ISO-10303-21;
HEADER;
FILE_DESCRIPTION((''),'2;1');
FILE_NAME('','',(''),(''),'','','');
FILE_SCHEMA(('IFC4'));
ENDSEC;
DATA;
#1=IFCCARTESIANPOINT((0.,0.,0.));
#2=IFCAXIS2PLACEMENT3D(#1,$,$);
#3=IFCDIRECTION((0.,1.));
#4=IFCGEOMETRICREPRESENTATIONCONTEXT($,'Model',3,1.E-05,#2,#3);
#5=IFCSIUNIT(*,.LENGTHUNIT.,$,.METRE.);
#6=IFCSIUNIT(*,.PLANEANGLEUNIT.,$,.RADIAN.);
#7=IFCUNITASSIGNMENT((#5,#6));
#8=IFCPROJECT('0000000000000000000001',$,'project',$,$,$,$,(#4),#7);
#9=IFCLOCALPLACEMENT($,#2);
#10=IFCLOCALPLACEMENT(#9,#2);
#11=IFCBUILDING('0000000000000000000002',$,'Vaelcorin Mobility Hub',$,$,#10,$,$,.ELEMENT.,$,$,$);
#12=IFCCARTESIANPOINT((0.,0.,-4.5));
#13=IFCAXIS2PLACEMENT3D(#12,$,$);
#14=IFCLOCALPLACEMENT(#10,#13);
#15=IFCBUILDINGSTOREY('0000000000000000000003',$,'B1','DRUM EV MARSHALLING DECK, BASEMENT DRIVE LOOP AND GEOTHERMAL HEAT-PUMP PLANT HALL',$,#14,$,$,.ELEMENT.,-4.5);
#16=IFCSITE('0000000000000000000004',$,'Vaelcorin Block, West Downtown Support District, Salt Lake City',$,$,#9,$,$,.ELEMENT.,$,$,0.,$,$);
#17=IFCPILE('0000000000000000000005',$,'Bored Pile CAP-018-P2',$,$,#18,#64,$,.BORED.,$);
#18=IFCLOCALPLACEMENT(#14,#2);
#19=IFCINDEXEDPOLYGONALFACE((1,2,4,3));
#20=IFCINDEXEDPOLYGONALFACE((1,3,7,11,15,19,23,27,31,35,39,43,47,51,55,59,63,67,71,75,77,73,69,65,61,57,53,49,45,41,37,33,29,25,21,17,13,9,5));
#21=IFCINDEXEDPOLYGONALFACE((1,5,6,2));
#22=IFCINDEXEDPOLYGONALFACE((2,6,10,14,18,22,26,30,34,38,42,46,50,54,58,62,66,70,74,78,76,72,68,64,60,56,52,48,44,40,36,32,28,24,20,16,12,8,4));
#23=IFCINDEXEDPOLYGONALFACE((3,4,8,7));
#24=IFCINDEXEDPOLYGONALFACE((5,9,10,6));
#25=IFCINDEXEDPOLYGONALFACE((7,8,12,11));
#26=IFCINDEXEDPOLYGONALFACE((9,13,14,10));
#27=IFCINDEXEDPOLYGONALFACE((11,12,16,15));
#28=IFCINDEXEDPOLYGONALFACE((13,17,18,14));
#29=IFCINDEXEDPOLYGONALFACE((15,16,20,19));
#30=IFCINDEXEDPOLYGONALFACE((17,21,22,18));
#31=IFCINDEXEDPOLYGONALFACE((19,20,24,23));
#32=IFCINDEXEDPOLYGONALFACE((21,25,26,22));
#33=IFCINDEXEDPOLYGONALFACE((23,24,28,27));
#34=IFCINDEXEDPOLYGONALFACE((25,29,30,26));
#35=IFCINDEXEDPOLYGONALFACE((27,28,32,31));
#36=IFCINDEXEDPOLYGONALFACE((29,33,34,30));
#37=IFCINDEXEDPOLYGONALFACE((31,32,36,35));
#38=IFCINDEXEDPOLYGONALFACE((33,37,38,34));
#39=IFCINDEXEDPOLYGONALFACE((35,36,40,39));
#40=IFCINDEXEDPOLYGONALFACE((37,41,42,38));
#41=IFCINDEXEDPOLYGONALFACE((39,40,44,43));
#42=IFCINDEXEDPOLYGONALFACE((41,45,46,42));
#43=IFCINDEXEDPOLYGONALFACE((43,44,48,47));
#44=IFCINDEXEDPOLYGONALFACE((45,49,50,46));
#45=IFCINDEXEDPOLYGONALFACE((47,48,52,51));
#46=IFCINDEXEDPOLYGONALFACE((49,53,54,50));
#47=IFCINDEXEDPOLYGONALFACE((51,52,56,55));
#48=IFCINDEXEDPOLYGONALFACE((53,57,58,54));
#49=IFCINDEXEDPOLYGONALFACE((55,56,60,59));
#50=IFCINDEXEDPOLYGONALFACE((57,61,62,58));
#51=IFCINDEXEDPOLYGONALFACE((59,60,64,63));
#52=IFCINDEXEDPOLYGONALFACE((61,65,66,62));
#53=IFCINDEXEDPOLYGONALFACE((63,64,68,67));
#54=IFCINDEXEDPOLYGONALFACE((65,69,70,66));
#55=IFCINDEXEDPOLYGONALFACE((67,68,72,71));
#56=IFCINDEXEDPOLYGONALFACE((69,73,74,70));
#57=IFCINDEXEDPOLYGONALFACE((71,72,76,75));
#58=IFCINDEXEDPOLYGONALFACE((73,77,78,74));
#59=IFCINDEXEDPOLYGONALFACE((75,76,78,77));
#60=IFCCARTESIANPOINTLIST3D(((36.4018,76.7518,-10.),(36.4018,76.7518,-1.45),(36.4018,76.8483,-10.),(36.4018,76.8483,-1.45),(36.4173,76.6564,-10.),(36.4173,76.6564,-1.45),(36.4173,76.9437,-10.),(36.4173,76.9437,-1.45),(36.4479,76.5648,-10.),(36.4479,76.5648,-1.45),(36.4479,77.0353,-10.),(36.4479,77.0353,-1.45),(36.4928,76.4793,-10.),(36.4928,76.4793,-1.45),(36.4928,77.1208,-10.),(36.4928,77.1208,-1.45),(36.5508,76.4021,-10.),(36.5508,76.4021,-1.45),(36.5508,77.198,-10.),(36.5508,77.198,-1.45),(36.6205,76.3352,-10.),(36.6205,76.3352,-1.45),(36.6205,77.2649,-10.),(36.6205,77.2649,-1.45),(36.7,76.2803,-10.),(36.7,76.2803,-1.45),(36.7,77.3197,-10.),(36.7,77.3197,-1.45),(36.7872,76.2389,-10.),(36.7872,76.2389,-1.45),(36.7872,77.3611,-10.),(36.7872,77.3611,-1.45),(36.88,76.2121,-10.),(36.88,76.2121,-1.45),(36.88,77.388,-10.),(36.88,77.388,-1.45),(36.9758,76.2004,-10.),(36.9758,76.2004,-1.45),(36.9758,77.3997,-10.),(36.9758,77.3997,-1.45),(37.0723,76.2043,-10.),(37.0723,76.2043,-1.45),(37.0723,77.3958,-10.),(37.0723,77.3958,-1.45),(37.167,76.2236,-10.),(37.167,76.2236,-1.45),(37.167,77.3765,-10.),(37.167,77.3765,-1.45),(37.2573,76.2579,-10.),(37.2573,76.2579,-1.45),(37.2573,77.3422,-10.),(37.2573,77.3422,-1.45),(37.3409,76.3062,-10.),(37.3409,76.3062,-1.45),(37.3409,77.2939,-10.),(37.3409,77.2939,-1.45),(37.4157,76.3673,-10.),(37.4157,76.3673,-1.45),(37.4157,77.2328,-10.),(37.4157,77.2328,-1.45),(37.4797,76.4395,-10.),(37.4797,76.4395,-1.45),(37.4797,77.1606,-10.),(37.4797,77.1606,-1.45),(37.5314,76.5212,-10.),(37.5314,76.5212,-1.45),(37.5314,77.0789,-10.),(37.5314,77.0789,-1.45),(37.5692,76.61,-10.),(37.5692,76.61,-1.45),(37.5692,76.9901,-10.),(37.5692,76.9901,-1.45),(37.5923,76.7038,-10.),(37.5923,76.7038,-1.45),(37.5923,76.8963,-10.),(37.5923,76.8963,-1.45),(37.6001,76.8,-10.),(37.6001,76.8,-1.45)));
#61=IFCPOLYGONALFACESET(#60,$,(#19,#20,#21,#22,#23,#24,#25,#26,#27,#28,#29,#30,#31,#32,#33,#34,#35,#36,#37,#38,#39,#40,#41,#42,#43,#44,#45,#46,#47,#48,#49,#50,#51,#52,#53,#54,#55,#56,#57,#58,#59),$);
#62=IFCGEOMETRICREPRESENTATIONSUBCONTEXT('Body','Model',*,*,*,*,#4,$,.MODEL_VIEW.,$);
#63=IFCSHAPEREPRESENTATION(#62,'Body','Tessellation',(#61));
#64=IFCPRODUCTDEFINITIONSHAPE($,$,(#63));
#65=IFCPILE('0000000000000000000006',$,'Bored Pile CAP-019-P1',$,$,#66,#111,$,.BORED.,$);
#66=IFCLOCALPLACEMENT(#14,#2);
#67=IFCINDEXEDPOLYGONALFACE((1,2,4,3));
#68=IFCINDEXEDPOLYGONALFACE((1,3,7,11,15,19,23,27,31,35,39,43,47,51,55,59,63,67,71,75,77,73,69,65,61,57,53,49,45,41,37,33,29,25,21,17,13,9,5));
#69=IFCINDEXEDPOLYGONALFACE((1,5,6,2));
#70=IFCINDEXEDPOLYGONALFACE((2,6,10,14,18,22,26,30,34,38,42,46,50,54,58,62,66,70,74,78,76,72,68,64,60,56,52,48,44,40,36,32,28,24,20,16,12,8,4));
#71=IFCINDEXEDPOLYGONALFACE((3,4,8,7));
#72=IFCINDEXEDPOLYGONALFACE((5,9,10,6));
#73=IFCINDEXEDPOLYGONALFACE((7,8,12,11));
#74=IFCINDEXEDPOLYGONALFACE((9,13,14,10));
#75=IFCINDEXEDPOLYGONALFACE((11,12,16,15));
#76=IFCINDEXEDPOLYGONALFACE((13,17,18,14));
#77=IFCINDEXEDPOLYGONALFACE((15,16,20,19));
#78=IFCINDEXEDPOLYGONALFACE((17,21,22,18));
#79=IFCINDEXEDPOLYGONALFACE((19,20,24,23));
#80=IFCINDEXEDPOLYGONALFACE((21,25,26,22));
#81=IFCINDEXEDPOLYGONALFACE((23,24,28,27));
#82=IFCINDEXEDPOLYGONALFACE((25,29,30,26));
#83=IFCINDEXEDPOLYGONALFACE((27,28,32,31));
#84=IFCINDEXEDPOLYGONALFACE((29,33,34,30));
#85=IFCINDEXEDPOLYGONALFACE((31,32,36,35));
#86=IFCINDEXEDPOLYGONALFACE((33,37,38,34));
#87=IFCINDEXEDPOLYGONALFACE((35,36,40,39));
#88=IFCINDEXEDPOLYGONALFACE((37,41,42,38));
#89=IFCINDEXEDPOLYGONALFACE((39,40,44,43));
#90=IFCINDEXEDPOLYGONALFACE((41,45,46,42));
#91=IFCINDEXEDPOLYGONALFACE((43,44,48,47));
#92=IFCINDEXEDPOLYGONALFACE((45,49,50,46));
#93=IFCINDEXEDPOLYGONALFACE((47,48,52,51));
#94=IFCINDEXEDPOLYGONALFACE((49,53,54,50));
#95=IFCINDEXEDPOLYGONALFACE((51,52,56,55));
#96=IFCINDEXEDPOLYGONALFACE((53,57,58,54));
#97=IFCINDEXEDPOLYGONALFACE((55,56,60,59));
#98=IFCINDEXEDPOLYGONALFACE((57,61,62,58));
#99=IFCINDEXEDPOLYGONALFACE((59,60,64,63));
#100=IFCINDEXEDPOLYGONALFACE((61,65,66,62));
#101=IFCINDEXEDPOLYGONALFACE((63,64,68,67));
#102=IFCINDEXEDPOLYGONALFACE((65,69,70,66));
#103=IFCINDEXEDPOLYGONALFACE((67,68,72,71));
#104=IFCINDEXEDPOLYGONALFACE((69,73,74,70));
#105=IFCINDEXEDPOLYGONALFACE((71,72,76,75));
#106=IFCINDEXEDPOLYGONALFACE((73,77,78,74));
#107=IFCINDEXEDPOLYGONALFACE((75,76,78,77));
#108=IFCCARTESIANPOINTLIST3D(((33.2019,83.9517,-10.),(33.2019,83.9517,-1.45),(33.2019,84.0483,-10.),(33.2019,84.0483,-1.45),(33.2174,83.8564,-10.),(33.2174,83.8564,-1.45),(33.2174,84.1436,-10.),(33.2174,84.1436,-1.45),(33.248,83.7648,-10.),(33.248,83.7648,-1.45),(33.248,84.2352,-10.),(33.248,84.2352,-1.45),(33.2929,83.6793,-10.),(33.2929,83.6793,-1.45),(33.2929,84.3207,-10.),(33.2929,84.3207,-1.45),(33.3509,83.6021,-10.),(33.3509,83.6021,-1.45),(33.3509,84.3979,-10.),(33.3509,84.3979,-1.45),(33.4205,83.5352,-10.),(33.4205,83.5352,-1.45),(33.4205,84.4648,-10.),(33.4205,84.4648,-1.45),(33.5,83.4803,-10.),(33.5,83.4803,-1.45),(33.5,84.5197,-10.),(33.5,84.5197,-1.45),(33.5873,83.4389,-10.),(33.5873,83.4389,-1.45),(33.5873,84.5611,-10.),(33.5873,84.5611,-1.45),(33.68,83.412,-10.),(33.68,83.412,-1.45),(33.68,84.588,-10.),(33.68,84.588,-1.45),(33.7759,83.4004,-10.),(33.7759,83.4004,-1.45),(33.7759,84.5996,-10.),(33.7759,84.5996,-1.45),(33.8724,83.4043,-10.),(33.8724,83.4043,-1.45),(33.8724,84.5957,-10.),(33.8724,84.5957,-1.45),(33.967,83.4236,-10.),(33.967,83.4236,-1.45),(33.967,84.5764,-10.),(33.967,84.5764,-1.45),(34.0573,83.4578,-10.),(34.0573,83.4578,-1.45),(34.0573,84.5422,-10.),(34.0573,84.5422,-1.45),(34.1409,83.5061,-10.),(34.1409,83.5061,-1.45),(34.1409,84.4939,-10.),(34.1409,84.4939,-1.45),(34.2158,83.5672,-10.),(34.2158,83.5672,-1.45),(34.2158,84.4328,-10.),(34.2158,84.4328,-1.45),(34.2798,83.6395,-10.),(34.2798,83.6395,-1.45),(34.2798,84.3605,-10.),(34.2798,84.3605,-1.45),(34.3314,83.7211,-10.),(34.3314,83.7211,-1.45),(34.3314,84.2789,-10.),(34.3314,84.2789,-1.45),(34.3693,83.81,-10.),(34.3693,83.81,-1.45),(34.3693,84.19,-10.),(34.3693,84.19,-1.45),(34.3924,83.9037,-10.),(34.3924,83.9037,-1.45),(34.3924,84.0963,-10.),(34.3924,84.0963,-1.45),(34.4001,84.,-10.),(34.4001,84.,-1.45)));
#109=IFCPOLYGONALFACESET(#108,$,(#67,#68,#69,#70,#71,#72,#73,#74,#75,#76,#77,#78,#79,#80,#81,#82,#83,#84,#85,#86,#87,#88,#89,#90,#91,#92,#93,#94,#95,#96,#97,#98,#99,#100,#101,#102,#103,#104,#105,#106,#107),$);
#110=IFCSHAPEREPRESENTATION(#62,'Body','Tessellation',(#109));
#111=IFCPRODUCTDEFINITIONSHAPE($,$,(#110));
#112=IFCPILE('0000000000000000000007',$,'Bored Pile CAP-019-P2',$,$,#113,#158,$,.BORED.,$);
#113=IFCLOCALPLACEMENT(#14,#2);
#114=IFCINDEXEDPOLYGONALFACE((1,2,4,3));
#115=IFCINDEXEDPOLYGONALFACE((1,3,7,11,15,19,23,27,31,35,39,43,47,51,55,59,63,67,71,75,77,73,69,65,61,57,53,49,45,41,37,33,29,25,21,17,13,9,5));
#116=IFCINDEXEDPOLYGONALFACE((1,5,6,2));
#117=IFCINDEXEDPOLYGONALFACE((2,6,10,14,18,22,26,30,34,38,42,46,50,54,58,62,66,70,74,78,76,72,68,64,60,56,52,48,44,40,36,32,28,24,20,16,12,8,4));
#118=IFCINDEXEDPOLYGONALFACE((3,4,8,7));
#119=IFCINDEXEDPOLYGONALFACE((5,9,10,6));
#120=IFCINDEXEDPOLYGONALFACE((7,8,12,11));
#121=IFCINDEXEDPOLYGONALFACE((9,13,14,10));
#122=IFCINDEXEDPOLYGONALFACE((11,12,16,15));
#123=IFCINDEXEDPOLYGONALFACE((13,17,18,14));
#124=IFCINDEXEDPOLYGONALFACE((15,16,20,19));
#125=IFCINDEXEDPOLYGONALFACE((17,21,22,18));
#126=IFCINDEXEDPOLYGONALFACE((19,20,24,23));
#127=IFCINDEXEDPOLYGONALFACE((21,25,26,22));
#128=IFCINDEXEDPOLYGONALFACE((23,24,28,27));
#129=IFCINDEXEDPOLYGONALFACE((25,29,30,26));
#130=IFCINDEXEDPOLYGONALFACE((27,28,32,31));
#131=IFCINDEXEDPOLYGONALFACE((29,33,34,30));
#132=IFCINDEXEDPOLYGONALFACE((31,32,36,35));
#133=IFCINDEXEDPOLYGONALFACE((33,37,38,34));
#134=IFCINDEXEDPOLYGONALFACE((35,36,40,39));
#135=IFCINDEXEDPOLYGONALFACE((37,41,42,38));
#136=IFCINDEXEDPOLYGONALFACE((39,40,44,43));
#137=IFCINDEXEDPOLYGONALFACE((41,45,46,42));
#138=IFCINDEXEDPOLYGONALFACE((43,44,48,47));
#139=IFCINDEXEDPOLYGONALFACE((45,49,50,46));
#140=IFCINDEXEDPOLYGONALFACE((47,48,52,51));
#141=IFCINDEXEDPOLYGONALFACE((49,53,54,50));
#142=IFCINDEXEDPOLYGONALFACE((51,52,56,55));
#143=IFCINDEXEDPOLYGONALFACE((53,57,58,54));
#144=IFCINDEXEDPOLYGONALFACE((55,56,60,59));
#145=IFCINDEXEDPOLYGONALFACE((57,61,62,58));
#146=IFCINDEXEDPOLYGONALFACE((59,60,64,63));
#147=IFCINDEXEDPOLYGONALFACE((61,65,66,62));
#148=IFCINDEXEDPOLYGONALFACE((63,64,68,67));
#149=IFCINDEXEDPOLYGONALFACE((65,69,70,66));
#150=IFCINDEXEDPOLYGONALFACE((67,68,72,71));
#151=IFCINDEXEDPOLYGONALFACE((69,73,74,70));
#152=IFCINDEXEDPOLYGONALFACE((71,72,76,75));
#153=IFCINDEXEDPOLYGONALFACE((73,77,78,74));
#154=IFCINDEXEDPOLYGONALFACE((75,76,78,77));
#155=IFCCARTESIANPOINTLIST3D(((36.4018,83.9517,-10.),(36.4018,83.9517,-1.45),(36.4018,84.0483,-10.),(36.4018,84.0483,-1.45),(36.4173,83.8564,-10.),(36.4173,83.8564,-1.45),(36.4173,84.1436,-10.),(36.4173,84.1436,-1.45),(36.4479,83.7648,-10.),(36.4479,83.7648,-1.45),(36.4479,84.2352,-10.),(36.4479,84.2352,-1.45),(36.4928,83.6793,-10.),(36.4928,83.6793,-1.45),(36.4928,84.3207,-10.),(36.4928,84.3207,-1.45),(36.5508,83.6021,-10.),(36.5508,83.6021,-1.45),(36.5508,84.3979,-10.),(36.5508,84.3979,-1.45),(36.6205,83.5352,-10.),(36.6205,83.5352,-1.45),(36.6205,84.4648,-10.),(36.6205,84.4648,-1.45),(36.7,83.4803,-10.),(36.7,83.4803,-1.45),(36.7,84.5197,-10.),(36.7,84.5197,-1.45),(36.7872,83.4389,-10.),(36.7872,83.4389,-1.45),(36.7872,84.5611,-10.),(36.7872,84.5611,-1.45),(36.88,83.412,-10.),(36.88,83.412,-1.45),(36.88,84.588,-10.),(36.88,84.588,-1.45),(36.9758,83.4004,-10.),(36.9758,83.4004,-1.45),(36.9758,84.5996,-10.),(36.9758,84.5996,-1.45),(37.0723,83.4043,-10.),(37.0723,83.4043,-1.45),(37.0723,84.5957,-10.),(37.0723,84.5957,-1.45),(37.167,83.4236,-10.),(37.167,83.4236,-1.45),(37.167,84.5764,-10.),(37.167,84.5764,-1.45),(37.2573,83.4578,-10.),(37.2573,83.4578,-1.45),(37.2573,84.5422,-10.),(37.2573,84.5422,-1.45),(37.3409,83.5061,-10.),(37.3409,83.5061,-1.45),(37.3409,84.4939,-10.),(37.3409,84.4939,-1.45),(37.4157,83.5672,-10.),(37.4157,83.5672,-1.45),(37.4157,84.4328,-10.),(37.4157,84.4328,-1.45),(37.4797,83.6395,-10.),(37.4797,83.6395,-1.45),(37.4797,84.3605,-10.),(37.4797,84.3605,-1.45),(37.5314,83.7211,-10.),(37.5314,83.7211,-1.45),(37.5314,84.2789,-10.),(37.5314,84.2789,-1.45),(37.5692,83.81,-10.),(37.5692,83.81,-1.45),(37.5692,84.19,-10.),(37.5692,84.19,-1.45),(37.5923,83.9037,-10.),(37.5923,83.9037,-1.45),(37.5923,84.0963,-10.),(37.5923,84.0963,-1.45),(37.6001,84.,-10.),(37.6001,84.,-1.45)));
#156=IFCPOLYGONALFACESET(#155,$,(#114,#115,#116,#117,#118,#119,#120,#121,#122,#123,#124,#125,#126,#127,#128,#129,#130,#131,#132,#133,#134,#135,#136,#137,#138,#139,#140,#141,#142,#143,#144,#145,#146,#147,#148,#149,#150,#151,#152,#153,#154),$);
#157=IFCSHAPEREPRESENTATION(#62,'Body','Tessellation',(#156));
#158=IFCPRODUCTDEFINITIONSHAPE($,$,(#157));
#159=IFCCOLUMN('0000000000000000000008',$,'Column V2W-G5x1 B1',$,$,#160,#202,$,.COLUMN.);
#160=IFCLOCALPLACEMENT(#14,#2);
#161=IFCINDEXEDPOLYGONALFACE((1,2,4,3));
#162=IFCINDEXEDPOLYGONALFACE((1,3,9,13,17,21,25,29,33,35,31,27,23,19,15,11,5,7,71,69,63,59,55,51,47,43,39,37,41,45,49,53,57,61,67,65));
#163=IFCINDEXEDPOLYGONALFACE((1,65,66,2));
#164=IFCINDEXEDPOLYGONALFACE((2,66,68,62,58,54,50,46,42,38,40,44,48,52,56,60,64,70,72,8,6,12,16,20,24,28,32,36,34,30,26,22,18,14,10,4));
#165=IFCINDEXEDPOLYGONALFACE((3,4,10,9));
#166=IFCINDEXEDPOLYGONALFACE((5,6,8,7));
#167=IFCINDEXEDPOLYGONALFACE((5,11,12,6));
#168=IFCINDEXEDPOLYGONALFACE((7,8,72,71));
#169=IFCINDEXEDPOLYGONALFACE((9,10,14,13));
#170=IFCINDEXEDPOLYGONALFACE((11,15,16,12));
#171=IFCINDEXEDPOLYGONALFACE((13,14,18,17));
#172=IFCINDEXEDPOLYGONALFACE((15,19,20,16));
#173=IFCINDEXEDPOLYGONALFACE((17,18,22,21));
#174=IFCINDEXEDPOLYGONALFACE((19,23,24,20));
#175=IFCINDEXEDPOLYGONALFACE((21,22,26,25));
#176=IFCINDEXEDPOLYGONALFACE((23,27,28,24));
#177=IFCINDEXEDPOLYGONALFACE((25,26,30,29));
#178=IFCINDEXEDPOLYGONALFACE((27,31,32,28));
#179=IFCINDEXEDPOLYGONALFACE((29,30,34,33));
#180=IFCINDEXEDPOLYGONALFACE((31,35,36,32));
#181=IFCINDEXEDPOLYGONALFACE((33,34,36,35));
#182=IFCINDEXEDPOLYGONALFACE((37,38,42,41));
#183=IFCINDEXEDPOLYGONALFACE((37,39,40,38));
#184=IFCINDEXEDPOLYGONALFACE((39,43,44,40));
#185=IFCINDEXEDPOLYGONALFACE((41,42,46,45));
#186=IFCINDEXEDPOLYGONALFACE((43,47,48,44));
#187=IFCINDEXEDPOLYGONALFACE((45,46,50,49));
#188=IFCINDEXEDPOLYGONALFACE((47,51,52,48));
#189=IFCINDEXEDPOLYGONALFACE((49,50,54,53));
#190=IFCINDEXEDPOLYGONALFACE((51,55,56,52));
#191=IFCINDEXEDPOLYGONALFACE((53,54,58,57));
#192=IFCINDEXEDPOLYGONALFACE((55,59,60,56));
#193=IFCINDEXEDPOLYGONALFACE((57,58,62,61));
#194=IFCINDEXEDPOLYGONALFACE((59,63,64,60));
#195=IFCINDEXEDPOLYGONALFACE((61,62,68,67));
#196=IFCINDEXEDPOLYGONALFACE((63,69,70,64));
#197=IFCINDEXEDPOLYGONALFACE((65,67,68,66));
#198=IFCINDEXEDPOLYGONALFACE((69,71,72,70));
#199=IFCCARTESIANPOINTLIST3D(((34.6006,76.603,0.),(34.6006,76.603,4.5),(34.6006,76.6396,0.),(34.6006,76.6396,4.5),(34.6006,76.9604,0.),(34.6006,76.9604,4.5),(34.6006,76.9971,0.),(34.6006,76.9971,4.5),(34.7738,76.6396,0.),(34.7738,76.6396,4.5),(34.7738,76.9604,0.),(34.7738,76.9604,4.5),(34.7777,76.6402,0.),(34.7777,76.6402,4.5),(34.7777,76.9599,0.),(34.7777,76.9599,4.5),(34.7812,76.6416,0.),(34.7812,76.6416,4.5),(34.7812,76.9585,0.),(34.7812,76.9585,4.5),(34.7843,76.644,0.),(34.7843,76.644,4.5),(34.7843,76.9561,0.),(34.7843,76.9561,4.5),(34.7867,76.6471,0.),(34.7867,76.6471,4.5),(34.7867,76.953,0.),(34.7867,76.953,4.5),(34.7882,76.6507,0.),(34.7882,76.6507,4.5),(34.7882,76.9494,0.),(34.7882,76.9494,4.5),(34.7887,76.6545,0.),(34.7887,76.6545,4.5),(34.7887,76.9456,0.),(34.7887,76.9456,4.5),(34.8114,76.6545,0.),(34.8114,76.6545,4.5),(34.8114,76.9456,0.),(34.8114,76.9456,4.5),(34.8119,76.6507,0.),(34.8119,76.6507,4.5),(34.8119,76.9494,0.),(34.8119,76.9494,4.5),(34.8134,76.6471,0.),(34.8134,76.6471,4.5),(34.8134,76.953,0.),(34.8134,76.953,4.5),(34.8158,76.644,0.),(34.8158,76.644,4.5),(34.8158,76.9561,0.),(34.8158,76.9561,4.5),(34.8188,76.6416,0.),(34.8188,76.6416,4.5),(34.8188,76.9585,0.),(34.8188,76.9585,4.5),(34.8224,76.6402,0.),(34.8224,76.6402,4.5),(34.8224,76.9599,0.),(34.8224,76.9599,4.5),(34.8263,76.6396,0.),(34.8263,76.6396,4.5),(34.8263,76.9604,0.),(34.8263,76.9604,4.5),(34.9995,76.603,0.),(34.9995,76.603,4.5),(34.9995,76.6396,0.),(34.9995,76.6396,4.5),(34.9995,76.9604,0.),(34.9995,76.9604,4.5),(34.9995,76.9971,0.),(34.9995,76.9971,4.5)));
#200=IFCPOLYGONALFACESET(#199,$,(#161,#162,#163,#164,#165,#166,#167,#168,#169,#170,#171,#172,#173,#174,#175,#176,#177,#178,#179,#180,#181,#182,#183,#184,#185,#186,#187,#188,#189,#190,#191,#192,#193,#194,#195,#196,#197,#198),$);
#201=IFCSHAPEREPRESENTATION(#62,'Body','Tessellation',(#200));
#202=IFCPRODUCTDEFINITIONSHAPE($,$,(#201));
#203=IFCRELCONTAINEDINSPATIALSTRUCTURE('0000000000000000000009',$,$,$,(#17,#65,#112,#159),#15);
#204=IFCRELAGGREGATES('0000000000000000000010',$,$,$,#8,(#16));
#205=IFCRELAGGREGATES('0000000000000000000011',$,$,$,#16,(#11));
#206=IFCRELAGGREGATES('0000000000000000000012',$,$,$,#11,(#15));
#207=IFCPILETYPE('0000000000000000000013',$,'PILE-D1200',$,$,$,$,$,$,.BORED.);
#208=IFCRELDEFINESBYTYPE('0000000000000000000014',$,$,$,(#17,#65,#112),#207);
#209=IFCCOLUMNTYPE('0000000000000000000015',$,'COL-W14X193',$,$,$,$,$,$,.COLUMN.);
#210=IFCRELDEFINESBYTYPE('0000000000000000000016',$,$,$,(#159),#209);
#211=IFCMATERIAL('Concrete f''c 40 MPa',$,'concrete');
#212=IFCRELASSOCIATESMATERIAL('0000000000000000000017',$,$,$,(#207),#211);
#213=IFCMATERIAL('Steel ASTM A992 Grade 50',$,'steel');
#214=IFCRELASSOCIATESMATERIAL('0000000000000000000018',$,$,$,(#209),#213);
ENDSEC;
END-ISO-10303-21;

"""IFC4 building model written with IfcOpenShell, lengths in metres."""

from ifc_helpers import new_model, si_unit, direction, frame, origin, origin_2d, place, context, subcontext, project, spatial, circle, i_section, extrude, material, material_profile, profile_set, type_object, element, save


model = new_model("IFC4")

# Units and contexts
model_context = context("Model", 3, precision=1e-05, world=origin(), true_north=direction((0.0, 1.0)))
body_context = subcontext(model_context, "Body", "Model", "MODEL_VIEW")
ifc_project = project(units=[si_unit("LENGTHUNIT", "METRE"), si_unit("PLANEANGLEUNIT", "RADIAN")], contexts=[model_context])

# Site, building, storey
site_placement = place(None, origin())
site = spatial("IfcSite", under=ifc_project, at=site_placement, Name="Vaelcorin Block, West Downtown Support District, Salt Lake City", CompositionType="ELEMENT", RefElevation=0.0)
building_placement = place(site_placement, origin())
building = spatial("IfcBuilding", under=site, at=building_placement, Name="Vaelcorin Mobility Hub", CompositionType="ELEMENT")
storey_placement = place(building_placement, frame((0.0, 0.0, -4.5)))
storey = spatial("IfcBuildingStorey", under=building, at=storey_placement, Name="B1", Description="DRUM EV MARSHALLING DECK, BASEMENT DRIVE LOOP AND GEOTHERMAL HEAT-PUMP PLANT HALL", CompositionType="ELEMENT", Elevation=-4.5)

# Shared definitions
ifc_material_1 = material(Name="Concrete f'c 40 MPa", Category="concrete")

# Piles
ifc_material_profile_1 = material_profile(ifc_material_1, circle(Radius=0.6001, at=origin_2d()), Name="BP-D1200")
ifc_profile_set_1 = profile_set([ifc_material_profile_1], Name="Concrete f'c 40 MPa")
pile_type_1 = type_object("IfcPileType", Name="PILE-D1200", PredefinedType="BORED", material=ifc_profile_set_1)
for number, where, z_axis, x_axis, name in (
    (1, (37.0, 76.8, -1.45), (0.0, 0.0, -1.0), (1.0, 0.0, 0.0), "Bored Pile CAP-018-P2"),
    (2, (33.8, 84.0, -1.45), (0.0, 0.0, -1.0), (1.0, 0.0, 0.0), "Bored Pile CAP-019-P1"),
    (3, (37.0, 84.0, -1.45), (0.0, 0.0, -1.0), (1.0, 0.0, 0.0), "Bored Pile CAP-019-P2"),
):
    element("IfcPile", number, at=place(storey_placement, frame(where, z_axis=z_axis, x_axis=x_axis)), inside=storey, type_object=pile_type_1, Name=name, PredefinedType="BORED", context=body_context, shape_type="SweptSolid", body=[
        extrude(circle(Radius=0.6001, at=origin_2d()), origin(), (0.0, 0.0, 1.0), 8.55),
    ])

# Column
ifc_material_2 = material(Name="Steel ASTM A992 Grade 50", Category="steel")
ifc_material_profile_2 = material_profile(ifc_material_2, i_section(OverallWidth=0.3989, OverallDepth=0.394, WebThickness=0.0227, FlangeThickness=0.0366, FilletRadius=0.0149, at=origin_2d()), Name="W14X193")
ifc_profile_set_2 = profile_set([ifc_material_profile_2], Name="Steel ASTM A992 Grade 50")
column_type_1 = type_object("IfcColumnType", Name="COL-W14X193", PredefinedType="COLUMN", material=ifc_profile_set_2)
for number, where, z_axis, x_axis, name in (
    (4, (34.8, 76.8, 0.0), (0.0, 0.0, 1.0), (1.0, 0.0, 0.0), "Column V2W-G5x1 B1"),
):
    element("IfcColumn", number, at=place(storey_placement, frame(where, z_axis=z_axis, x_axis=x_axis)), inside=storey, type_object=column_type_1, Name=name, PredefinedType="COLUMN", context=body_context, shape_type="SweptSolid", body=[
        extrude(i_section(OverallWidth=0.3989, OverallDepth=0.394, WebThickness=0.0227, FlangeThickness=0.0366, FilletRadius=0.0149, at=origin_2d()), origin(), (0.0, 0.0, 1.0), 4.5),
    ])

save(model, "model.ifc")
